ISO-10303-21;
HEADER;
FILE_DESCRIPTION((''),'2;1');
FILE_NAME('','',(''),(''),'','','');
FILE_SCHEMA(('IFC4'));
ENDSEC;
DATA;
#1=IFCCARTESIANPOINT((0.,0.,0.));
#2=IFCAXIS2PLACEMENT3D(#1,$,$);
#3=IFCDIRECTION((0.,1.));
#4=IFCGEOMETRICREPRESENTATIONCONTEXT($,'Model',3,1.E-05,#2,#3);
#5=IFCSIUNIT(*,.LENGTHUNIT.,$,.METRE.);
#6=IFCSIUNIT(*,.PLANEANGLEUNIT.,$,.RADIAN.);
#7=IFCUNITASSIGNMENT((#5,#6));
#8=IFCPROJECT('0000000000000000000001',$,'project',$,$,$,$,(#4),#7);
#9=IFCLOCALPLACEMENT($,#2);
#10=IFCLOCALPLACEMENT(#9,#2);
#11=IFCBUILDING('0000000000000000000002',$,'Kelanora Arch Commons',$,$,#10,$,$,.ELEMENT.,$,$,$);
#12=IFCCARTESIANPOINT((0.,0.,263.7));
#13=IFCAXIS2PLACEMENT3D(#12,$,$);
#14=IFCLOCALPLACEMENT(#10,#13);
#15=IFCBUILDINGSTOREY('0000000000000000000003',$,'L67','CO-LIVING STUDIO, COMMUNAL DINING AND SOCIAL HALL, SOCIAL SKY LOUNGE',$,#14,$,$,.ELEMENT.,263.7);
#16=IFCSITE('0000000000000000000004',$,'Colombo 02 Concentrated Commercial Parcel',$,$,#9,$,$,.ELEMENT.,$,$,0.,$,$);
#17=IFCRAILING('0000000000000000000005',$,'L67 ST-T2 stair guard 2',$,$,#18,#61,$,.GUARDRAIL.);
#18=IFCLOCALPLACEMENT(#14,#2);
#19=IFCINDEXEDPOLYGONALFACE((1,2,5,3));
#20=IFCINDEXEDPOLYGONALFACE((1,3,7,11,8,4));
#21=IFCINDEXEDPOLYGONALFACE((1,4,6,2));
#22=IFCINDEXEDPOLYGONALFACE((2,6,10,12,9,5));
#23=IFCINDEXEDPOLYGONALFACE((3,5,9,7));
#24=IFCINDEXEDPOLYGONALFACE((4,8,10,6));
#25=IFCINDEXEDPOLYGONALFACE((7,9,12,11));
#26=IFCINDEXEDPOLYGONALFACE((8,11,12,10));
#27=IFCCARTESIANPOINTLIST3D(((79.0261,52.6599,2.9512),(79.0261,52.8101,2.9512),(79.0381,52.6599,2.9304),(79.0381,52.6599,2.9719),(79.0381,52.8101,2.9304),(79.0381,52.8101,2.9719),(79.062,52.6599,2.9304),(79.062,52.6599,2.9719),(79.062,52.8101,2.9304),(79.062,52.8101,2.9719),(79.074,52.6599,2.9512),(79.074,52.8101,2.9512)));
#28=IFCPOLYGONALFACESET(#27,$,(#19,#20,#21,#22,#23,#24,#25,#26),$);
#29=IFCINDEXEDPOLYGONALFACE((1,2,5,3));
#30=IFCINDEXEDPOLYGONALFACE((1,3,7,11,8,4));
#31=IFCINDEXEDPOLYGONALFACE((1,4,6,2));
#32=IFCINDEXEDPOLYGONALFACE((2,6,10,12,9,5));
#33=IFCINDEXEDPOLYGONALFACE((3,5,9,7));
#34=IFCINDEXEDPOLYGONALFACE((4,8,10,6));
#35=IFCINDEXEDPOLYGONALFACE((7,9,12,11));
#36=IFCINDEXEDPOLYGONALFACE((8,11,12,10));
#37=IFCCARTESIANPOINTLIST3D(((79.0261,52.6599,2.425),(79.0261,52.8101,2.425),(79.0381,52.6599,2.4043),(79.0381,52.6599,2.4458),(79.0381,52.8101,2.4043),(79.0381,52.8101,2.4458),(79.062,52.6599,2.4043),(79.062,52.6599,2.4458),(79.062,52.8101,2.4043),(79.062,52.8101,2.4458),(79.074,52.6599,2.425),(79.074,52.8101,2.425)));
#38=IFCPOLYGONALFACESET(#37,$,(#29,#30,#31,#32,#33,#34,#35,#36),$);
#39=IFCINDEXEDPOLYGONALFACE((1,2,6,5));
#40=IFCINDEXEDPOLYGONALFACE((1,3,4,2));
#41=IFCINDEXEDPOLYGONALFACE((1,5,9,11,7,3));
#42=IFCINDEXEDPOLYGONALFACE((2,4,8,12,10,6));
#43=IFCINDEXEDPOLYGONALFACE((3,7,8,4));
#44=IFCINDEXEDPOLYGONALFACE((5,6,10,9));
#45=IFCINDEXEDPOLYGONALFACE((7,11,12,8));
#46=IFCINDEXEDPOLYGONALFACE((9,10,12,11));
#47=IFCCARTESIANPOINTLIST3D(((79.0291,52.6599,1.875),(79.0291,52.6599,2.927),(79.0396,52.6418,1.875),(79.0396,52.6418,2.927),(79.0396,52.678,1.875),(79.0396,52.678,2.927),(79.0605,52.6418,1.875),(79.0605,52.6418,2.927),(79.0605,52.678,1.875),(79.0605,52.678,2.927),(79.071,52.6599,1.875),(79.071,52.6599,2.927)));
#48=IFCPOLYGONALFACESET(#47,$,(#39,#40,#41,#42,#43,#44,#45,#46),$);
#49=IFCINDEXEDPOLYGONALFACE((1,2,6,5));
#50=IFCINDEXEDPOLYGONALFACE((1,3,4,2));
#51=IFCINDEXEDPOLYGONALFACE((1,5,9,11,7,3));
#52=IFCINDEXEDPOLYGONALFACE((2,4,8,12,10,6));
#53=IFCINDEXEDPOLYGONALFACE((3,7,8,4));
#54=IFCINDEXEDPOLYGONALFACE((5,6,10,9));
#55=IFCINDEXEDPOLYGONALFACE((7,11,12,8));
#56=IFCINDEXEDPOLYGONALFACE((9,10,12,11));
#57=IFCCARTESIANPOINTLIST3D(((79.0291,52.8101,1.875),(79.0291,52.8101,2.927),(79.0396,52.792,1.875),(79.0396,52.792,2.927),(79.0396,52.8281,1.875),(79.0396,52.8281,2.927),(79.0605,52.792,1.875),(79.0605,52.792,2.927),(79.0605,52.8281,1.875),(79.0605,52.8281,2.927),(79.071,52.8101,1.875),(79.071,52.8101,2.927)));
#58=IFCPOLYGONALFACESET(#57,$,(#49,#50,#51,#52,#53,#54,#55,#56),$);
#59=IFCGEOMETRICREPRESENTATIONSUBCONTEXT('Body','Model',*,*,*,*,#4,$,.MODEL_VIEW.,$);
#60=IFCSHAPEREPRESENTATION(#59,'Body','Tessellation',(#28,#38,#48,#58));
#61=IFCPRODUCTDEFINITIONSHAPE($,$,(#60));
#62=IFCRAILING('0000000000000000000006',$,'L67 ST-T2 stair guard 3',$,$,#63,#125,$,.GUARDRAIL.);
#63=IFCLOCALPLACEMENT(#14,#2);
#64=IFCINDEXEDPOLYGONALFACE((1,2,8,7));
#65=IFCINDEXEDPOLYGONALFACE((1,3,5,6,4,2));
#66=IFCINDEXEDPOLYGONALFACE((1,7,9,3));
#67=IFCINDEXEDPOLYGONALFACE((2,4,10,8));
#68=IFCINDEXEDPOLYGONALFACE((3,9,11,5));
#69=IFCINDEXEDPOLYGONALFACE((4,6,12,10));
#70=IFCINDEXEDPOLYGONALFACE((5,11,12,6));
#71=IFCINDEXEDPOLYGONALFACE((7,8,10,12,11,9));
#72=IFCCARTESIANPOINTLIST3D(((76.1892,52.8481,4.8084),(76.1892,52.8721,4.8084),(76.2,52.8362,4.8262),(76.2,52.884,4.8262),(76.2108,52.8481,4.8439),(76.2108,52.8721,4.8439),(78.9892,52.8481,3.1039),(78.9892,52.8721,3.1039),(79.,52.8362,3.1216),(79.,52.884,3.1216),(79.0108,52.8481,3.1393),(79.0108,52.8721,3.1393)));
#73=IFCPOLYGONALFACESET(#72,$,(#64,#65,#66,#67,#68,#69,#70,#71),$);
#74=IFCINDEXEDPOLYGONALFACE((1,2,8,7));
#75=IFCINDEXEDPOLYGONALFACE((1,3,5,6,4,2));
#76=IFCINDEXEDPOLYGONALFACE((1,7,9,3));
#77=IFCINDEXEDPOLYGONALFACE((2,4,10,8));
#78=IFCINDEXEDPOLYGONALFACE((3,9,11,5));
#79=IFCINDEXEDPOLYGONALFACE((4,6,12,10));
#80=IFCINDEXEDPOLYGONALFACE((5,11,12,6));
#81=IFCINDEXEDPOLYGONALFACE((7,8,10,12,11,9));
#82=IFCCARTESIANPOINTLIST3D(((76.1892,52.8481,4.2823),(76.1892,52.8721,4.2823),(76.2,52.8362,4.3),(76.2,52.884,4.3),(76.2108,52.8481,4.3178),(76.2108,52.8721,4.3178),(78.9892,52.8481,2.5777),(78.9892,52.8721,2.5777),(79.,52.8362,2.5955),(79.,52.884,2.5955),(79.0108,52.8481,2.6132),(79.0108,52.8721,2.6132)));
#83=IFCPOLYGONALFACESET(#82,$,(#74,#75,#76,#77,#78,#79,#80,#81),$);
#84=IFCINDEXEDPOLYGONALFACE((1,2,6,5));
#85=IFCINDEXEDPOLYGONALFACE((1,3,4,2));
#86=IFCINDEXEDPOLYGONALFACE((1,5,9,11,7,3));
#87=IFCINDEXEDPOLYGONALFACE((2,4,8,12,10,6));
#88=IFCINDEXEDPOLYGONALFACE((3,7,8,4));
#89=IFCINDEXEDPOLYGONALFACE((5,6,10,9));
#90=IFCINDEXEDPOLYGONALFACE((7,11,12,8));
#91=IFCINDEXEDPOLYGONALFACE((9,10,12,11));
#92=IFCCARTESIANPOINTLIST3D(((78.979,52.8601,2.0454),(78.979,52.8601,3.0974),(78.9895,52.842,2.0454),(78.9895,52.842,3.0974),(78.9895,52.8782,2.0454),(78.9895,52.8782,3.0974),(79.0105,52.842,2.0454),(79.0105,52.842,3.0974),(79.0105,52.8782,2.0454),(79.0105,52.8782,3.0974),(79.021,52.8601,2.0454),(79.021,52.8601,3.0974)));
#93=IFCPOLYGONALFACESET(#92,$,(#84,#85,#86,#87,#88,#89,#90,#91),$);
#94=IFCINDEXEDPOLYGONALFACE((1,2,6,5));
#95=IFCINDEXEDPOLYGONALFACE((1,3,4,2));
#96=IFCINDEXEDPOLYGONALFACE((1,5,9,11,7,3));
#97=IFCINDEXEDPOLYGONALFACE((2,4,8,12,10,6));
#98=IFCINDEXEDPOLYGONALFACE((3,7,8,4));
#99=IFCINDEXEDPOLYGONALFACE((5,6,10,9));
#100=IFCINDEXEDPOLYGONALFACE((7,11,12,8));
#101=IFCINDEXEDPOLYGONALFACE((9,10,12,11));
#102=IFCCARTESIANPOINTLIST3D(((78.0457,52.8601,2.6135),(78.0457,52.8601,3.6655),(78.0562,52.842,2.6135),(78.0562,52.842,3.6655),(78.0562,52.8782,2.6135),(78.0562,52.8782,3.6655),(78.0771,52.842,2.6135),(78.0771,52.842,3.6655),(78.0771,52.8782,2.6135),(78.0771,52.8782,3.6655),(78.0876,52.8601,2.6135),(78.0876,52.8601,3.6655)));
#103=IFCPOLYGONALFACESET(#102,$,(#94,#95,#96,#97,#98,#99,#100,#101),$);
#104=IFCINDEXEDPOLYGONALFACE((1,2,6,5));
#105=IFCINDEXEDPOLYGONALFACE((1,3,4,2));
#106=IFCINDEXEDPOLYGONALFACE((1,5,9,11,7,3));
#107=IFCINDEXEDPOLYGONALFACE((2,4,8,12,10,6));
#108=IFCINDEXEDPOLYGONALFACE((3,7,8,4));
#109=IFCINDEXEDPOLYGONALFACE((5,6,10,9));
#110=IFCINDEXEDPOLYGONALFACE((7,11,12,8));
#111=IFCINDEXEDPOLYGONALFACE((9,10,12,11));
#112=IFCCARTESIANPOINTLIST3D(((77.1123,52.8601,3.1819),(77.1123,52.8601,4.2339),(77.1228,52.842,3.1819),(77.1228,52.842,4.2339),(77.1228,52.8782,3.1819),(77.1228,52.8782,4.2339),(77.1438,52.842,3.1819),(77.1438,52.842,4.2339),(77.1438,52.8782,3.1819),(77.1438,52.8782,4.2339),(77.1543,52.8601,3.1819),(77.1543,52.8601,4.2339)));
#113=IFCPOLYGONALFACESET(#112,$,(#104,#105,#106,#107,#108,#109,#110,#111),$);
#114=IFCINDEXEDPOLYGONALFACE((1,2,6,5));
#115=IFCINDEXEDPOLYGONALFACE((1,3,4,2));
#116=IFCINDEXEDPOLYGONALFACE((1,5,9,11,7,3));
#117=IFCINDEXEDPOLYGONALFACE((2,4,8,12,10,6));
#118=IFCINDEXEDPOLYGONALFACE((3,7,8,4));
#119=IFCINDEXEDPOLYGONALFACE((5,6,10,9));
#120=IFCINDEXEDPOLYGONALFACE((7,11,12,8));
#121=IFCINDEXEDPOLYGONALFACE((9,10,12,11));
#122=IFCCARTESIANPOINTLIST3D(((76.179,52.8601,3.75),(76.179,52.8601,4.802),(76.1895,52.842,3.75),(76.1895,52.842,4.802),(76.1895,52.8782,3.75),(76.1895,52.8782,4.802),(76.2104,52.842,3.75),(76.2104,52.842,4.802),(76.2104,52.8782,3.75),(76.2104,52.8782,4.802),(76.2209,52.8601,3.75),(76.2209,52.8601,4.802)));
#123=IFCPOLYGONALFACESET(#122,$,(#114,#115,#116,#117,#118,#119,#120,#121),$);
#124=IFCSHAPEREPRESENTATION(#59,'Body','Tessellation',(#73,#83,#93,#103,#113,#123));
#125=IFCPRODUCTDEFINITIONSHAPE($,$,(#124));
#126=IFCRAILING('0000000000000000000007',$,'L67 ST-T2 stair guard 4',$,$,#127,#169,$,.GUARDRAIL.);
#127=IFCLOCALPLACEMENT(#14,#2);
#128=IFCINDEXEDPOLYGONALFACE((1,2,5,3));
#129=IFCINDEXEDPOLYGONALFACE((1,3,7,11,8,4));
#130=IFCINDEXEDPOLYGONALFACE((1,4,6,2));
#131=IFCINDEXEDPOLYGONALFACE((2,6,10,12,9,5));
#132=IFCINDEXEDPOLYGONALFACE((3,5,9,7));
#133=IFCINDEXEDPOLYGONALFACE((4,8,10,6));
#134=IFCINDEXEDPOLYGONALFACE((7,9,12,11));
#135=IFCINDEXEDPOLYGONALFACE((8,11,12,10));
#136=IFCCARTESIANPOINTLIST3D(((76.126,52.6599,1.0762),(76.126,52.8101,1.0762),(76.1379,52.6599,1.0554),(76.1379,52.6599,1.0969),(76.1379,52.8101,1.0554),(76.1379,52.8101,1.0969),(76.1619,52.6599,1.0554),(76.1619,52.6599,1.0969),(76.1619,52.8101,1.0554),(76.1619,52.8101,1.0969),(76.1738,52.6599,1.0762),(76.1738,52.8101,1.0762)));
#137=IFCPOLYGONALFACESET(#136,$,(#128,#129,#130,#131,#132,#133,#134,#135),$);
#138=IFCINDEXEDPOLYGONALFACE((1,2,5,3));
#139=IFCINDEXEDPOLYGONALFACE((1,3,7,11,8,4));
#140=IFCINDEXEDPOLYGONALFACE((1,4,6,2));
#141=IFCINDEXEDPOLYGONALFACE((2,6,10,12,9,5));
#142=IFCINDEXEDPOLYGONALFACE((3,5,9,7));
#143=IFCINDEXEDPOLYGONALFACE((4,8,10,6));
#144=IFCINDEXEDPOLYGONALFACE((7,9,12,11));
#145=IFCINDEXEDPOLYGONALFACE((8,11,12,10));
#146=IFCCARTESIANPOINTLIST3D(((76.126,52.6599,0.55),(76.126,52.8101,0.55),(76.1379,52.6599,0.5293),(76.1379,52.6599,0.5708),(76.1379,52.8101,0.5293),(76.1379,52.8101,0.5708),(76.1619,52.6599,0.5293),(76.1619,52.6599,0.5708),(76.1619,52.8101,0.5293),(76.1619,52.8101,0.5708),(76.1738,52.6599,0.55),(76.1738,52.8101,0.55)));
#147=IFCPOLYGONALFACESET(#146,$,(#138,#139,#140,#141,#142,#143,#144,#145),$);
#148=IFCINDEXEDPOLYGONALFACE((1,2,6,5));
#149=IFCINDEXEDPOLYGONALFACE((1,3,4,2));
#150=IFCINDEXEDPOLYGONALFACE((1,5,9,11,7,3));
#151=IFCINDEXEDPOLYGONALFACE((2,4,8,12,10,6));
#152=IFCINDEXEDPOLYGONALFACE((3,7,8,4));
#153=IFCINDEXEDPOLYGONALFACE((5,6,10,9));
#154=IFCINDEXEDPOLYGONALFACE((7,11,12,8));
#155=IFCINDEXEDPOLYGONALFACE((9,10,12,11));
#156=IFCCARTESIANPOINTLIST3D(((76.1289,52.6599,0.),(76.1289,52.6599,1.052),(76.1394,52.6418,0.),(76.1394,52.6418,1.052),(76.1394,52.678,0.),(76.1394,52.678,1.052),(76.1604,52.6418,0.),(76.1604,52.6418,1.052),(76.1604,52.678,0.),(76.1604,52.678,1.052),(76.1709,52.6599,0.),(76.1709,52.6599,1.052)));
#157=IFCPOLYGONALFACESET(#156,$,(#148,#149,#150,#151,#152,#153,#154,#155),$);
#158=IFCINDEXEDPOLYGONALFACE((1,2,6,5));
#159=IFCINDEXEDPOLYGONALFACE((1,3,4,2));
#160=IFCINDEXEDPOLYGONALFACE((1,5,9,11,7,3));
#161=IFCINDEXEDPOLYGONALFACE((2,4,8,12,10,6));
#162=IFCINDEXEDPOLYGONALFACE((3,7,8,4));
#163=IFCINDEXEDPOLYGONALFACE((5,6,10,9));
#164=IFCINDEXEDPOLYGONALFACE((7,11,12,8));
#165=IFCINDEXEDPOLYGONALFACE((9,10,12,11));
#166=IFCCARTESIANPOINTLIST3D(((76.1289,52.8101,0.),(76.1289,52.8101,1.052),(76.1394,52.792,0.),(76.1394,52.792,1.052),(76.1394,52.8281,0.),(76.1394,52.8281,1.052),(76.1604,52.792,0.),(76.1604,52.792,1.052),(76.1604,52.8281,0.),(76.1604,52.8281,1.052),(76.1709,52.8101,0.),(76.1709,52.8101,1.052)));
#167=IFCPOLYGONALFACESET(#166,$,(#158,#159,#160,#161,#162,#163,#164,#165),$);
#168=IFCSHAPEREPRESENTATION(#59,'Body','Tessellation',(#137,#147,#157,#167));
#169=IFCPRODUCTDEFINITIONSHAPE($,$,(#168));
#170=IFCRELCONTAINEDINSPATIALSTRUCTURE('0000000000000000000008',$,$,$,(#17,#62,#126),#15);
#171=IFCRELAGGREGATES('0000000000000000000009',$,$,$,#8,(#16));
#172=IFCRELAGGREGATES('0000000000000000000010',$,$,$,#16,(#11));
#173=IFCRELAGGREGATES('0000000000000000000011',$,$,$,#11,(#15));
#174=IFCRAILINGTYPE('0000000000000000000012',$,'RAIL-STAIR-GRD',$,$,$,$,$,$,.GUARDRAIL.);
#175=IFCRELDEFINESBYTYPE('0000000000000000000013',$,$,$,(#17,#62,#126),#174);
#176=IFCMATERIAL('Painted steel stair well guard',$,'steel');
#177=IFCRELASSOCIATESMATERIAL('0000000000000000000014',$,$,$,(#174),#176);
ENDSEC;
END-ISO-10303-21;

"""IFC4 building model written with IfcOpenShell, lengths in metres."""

from ifc_helpers import new_model, si_unit, direction, frame, origin, place, context, subcontext, project, spatial, polyline, outline, extrude, material, type_object, element, save


model = new_model("IFC4")

# Units and contexts
model_context = context("Model", 3, precision=1e-05, world=origin(), true_north=direction((0.0, 1.0)))
body_context = subcontext(model_context, "Body", "Model", "MODEL_VIEW")
ifc_project = project(units=[si_unit("LENGTHUNIT", "METRE"), si_unit("PLANEANGLEUNIT", "RADIAN")], contexts=[model_context])

# Site, building, storey
site_placement = place(None, origin())
site = spatial("IfcSite", under=ifc_project, at=site_placement, Name="Colombo 02 Concentrated Commercial Parcel", CompositionType="ELEMENT", RefElevation=0.0)
building_placement = place(site_placement, origin())
building = spatial("IfcBuilding", under=site, at=building_placement, Name="Kelanora Arch Commons", CompositionType="ELEMENT")
storey_placement = place(building_placement, frame((0.0, 0.0, 263.7)))
storey = spatial("IfcBuildingStorey", under=building, at=storey_placement, Name="L67", Description="CO-LIVING STUDIO, COMMUNAL DINING AND SOCIAL HALL, SOCIAL SKY LOUNGE", CompositionType="ELEMENT", Elevation=263.7)

# Railings
ifc_material_1 = material(Name="Painted steel stair well guard", Category="steel")
railing_type_1 = type_object("IfcRailingType", Name="RAIL-STAIR-GRD", PredefinedType="GUARDRAIL", material=ifc_material_1)
railing_1_placement = place(storey_placement, frame((79.05, 52.6599, 1.875)))
element("IfcRailing", 1, at=railing_1_placement, inside=storey, type_object=railing_type_1, Name="L67 ST-T2 stair guard 2", PredefinedType="GUARDRAIL", context=body_context, shape_type="SweptSolid", body=[
    extrude(outline(polyline([(0.0239, 0.0), (0.012, 0.0208), (-0.012, 0.0208), (-0.0239, 0.0), (-0.012, -0.0208), (0.012, -0.0208), (0.0239, 0.0)])), frame((0.0, 0.0, 1.0762), z_axis=(0.0, 1.0, 0.0), x_axis=(-1.0, 0.0, 0.0)), (0.0, 0.0, 1.0), 0.1501),
    extrude(outline(polyline([(0.0239, 0.0), (0.012, 0.0208), (-0.012, 0.0208), (-0.0239, 0.0), (-0.012, -0.0208), (0.012, -0.0208), (0.0239, 0.0)])), frame((0.0, 0.0, 0.55), z_axis=(0.0, 1.0, 0.0), x_axis=(-1.0, 0.0, 0.0)), (0.0, 0.0, 1.0), 0.1501),
    extrude(outline(polyline([(0.021, 0.0), (0.0105, 0.0181), (-0.0105, 0.0181), (-0.021, 0.0), (-0.0105, -0.0181), (0.0105, -0.0181), (0.021, 0.0)])), origin(), (0.0, 0.0, 1.0), 1.052),
    extrude(outline(polyline([(0.021, 0.0), (0.0105, 0.0181), (-0.0105, 0.0181), (-0.021, 0.0), (-0.0105, -0.0181), (0.0105, -0.0181), (0.021, 0.0)])), frame((0.0, 0.1501, 0.0)), (0.0, 0.0, 1.0), 1.052),
])
railing_2_placement = place(storey_placement, frame((79.0, 52.8601, 2.0454)))
element("IfcRailing", 2, at=railing_2_placement, inside=storey, type_object=railing_type_1, Name="L67 ST-T2 stair guard 3", PredefinedType="GUARDRAIL", context=body_context, shape_type="SweptSolid", body=[
    extrude(outline(polyline([(0.0239, 0.0), (0.012, 0.0208), (-0.012, 0.0208), (-0.0239, 0.0), (-0.012, -0.0208), (0.012, -0.0208), (0.0239, 0.0)])), frame((0.0, 0.0, 1.0762), z_axis=(-0.85417, 0.0, 0.519994), x_axis=(0.0, -1.0, 0.0)), (0.0, 0.0, 1.0), 3.2781),
    extrude(outline(polyline([(0.0239, 0.0), (0.012, 0.0208), (-0.012, 0.0208), (-0.0239, 0.0), (-0.012, -0.0208), (0.012, -0.0208), (0.0239, 0.0)])), frame((0.0, 0.0, 0.55), z_axis=(-0.85417, 0.0, 0.519994), x_axis=(0.0, -1.0, 0.0)), (0.0, 0.0, 1.0), 3.2781),
    extrude(outline(polyline([(0.021, 0.0), (0.0105, 0.0181), (-0.0105, 0.0181), (-0.021, 0.0), (-0.0105, -0.0181), (0.0105, -0.0181), (0.021, 0.0)])), origin(), (0.0, 0.0, 1.0), 1.052),
    extrude(outline(polyline([(0.021, 0.0), (0.0105, 0.0181), (-0.0105, 0.0181), (-0.021, 0.0), (-0.0105, -0.0181), (0.0105, -0.0181), (0.021, 0.0)])), frame((-0.9333, 0.0, 0.5681)), (0.0, 0.0, 1.0), 1.052),
    extrude(outline(polyline([(0.021, 0.0), (0.0105, 0.0181), (-0.0105, 0.0181), (-0.021, 0.0), (-0.0105, -0.0181), (0.0105, -0.0181), (0.021, 0.0)])), frame((-1.8667, 0.0, 1.1365)), (0.0, 0.0, 1.0), 1.052),
    extrude(outline(polyline([(0.021, 0.0), (0.0105, 0.0181), (-0.0105, 0.0181), (-0.021, 0.0), (-0.0105, -0.0181), (0.0105, -0.0181), (0.021, 0.0)])), frame((-2.8, 0.0, 1.7046)), (0.0, 0.0, 1.0), 1.052),
])
railing_3_placement = place(storey_placement, frame((76.1499, 52.6599, 0.0)))
element("IfcRailing", 3, at=railing_3_placement, inside=storey, type_object=railing_type_1, Name="L67 ST-T2 stair guard 4", PredefinedType="GUARDRAIL", context=body_context, shape_type="SweptSolid", body=[
    extrude(outline(polyline([(0.0239, 0.0), (0.012, 0.0208), (-0.012, 0.0208), (-0.0239, 0.0), (-0.012, -0.0208), (0.012, -0.0208), (0.0239, 0.0)])), frame((0.0, 0.0, 1.0762), z_axis=(0.0, 1.0, 0.0), x_axis=(-1.0, 0.0, 0.0)), (0.0, 0.0, 1.0), 0.1501),
    extrude(outline(polyline([(0.0239, 0.0), (0.012, 0.0208), (-0.012, 0.0208), (-0.0239, 0.0), (-0.012, -0.0208), (0.012, -0.0208), (0.0239, 0.0)])), frame((0.0, 0.0, 0.55), z_axis=(0.0, 1.0, 0.0), x_axis=(-1.0, 0.0, 0.0)), (0.0, 0.0, 1.0), 0.1501),
    extrude(outline(polyline([(0.021, 0.0), (0.0105, 0.0181), (-0.0105, 0.0181), (-0.021, 0.0), (-0.0105, -0.0181), (0.0105, -0.0181), (0.021, 0.0)])), origin(), (0.0, 0.0, 1.0), 1.052),
    extrude(outline(polyline([(0.021, 0.0), (0.0105, 0.0181), (-0.0105, 0.0181), (-0.021, 0.0), (-0.0105, -0.0181), (0.0105, -0.0181), (0.021, 0.0)])), frame((0.0, 0.1501, 0.0)), (0.0, 0.0, 1.0), 1.052),
])

save(model, "model.ifc")
